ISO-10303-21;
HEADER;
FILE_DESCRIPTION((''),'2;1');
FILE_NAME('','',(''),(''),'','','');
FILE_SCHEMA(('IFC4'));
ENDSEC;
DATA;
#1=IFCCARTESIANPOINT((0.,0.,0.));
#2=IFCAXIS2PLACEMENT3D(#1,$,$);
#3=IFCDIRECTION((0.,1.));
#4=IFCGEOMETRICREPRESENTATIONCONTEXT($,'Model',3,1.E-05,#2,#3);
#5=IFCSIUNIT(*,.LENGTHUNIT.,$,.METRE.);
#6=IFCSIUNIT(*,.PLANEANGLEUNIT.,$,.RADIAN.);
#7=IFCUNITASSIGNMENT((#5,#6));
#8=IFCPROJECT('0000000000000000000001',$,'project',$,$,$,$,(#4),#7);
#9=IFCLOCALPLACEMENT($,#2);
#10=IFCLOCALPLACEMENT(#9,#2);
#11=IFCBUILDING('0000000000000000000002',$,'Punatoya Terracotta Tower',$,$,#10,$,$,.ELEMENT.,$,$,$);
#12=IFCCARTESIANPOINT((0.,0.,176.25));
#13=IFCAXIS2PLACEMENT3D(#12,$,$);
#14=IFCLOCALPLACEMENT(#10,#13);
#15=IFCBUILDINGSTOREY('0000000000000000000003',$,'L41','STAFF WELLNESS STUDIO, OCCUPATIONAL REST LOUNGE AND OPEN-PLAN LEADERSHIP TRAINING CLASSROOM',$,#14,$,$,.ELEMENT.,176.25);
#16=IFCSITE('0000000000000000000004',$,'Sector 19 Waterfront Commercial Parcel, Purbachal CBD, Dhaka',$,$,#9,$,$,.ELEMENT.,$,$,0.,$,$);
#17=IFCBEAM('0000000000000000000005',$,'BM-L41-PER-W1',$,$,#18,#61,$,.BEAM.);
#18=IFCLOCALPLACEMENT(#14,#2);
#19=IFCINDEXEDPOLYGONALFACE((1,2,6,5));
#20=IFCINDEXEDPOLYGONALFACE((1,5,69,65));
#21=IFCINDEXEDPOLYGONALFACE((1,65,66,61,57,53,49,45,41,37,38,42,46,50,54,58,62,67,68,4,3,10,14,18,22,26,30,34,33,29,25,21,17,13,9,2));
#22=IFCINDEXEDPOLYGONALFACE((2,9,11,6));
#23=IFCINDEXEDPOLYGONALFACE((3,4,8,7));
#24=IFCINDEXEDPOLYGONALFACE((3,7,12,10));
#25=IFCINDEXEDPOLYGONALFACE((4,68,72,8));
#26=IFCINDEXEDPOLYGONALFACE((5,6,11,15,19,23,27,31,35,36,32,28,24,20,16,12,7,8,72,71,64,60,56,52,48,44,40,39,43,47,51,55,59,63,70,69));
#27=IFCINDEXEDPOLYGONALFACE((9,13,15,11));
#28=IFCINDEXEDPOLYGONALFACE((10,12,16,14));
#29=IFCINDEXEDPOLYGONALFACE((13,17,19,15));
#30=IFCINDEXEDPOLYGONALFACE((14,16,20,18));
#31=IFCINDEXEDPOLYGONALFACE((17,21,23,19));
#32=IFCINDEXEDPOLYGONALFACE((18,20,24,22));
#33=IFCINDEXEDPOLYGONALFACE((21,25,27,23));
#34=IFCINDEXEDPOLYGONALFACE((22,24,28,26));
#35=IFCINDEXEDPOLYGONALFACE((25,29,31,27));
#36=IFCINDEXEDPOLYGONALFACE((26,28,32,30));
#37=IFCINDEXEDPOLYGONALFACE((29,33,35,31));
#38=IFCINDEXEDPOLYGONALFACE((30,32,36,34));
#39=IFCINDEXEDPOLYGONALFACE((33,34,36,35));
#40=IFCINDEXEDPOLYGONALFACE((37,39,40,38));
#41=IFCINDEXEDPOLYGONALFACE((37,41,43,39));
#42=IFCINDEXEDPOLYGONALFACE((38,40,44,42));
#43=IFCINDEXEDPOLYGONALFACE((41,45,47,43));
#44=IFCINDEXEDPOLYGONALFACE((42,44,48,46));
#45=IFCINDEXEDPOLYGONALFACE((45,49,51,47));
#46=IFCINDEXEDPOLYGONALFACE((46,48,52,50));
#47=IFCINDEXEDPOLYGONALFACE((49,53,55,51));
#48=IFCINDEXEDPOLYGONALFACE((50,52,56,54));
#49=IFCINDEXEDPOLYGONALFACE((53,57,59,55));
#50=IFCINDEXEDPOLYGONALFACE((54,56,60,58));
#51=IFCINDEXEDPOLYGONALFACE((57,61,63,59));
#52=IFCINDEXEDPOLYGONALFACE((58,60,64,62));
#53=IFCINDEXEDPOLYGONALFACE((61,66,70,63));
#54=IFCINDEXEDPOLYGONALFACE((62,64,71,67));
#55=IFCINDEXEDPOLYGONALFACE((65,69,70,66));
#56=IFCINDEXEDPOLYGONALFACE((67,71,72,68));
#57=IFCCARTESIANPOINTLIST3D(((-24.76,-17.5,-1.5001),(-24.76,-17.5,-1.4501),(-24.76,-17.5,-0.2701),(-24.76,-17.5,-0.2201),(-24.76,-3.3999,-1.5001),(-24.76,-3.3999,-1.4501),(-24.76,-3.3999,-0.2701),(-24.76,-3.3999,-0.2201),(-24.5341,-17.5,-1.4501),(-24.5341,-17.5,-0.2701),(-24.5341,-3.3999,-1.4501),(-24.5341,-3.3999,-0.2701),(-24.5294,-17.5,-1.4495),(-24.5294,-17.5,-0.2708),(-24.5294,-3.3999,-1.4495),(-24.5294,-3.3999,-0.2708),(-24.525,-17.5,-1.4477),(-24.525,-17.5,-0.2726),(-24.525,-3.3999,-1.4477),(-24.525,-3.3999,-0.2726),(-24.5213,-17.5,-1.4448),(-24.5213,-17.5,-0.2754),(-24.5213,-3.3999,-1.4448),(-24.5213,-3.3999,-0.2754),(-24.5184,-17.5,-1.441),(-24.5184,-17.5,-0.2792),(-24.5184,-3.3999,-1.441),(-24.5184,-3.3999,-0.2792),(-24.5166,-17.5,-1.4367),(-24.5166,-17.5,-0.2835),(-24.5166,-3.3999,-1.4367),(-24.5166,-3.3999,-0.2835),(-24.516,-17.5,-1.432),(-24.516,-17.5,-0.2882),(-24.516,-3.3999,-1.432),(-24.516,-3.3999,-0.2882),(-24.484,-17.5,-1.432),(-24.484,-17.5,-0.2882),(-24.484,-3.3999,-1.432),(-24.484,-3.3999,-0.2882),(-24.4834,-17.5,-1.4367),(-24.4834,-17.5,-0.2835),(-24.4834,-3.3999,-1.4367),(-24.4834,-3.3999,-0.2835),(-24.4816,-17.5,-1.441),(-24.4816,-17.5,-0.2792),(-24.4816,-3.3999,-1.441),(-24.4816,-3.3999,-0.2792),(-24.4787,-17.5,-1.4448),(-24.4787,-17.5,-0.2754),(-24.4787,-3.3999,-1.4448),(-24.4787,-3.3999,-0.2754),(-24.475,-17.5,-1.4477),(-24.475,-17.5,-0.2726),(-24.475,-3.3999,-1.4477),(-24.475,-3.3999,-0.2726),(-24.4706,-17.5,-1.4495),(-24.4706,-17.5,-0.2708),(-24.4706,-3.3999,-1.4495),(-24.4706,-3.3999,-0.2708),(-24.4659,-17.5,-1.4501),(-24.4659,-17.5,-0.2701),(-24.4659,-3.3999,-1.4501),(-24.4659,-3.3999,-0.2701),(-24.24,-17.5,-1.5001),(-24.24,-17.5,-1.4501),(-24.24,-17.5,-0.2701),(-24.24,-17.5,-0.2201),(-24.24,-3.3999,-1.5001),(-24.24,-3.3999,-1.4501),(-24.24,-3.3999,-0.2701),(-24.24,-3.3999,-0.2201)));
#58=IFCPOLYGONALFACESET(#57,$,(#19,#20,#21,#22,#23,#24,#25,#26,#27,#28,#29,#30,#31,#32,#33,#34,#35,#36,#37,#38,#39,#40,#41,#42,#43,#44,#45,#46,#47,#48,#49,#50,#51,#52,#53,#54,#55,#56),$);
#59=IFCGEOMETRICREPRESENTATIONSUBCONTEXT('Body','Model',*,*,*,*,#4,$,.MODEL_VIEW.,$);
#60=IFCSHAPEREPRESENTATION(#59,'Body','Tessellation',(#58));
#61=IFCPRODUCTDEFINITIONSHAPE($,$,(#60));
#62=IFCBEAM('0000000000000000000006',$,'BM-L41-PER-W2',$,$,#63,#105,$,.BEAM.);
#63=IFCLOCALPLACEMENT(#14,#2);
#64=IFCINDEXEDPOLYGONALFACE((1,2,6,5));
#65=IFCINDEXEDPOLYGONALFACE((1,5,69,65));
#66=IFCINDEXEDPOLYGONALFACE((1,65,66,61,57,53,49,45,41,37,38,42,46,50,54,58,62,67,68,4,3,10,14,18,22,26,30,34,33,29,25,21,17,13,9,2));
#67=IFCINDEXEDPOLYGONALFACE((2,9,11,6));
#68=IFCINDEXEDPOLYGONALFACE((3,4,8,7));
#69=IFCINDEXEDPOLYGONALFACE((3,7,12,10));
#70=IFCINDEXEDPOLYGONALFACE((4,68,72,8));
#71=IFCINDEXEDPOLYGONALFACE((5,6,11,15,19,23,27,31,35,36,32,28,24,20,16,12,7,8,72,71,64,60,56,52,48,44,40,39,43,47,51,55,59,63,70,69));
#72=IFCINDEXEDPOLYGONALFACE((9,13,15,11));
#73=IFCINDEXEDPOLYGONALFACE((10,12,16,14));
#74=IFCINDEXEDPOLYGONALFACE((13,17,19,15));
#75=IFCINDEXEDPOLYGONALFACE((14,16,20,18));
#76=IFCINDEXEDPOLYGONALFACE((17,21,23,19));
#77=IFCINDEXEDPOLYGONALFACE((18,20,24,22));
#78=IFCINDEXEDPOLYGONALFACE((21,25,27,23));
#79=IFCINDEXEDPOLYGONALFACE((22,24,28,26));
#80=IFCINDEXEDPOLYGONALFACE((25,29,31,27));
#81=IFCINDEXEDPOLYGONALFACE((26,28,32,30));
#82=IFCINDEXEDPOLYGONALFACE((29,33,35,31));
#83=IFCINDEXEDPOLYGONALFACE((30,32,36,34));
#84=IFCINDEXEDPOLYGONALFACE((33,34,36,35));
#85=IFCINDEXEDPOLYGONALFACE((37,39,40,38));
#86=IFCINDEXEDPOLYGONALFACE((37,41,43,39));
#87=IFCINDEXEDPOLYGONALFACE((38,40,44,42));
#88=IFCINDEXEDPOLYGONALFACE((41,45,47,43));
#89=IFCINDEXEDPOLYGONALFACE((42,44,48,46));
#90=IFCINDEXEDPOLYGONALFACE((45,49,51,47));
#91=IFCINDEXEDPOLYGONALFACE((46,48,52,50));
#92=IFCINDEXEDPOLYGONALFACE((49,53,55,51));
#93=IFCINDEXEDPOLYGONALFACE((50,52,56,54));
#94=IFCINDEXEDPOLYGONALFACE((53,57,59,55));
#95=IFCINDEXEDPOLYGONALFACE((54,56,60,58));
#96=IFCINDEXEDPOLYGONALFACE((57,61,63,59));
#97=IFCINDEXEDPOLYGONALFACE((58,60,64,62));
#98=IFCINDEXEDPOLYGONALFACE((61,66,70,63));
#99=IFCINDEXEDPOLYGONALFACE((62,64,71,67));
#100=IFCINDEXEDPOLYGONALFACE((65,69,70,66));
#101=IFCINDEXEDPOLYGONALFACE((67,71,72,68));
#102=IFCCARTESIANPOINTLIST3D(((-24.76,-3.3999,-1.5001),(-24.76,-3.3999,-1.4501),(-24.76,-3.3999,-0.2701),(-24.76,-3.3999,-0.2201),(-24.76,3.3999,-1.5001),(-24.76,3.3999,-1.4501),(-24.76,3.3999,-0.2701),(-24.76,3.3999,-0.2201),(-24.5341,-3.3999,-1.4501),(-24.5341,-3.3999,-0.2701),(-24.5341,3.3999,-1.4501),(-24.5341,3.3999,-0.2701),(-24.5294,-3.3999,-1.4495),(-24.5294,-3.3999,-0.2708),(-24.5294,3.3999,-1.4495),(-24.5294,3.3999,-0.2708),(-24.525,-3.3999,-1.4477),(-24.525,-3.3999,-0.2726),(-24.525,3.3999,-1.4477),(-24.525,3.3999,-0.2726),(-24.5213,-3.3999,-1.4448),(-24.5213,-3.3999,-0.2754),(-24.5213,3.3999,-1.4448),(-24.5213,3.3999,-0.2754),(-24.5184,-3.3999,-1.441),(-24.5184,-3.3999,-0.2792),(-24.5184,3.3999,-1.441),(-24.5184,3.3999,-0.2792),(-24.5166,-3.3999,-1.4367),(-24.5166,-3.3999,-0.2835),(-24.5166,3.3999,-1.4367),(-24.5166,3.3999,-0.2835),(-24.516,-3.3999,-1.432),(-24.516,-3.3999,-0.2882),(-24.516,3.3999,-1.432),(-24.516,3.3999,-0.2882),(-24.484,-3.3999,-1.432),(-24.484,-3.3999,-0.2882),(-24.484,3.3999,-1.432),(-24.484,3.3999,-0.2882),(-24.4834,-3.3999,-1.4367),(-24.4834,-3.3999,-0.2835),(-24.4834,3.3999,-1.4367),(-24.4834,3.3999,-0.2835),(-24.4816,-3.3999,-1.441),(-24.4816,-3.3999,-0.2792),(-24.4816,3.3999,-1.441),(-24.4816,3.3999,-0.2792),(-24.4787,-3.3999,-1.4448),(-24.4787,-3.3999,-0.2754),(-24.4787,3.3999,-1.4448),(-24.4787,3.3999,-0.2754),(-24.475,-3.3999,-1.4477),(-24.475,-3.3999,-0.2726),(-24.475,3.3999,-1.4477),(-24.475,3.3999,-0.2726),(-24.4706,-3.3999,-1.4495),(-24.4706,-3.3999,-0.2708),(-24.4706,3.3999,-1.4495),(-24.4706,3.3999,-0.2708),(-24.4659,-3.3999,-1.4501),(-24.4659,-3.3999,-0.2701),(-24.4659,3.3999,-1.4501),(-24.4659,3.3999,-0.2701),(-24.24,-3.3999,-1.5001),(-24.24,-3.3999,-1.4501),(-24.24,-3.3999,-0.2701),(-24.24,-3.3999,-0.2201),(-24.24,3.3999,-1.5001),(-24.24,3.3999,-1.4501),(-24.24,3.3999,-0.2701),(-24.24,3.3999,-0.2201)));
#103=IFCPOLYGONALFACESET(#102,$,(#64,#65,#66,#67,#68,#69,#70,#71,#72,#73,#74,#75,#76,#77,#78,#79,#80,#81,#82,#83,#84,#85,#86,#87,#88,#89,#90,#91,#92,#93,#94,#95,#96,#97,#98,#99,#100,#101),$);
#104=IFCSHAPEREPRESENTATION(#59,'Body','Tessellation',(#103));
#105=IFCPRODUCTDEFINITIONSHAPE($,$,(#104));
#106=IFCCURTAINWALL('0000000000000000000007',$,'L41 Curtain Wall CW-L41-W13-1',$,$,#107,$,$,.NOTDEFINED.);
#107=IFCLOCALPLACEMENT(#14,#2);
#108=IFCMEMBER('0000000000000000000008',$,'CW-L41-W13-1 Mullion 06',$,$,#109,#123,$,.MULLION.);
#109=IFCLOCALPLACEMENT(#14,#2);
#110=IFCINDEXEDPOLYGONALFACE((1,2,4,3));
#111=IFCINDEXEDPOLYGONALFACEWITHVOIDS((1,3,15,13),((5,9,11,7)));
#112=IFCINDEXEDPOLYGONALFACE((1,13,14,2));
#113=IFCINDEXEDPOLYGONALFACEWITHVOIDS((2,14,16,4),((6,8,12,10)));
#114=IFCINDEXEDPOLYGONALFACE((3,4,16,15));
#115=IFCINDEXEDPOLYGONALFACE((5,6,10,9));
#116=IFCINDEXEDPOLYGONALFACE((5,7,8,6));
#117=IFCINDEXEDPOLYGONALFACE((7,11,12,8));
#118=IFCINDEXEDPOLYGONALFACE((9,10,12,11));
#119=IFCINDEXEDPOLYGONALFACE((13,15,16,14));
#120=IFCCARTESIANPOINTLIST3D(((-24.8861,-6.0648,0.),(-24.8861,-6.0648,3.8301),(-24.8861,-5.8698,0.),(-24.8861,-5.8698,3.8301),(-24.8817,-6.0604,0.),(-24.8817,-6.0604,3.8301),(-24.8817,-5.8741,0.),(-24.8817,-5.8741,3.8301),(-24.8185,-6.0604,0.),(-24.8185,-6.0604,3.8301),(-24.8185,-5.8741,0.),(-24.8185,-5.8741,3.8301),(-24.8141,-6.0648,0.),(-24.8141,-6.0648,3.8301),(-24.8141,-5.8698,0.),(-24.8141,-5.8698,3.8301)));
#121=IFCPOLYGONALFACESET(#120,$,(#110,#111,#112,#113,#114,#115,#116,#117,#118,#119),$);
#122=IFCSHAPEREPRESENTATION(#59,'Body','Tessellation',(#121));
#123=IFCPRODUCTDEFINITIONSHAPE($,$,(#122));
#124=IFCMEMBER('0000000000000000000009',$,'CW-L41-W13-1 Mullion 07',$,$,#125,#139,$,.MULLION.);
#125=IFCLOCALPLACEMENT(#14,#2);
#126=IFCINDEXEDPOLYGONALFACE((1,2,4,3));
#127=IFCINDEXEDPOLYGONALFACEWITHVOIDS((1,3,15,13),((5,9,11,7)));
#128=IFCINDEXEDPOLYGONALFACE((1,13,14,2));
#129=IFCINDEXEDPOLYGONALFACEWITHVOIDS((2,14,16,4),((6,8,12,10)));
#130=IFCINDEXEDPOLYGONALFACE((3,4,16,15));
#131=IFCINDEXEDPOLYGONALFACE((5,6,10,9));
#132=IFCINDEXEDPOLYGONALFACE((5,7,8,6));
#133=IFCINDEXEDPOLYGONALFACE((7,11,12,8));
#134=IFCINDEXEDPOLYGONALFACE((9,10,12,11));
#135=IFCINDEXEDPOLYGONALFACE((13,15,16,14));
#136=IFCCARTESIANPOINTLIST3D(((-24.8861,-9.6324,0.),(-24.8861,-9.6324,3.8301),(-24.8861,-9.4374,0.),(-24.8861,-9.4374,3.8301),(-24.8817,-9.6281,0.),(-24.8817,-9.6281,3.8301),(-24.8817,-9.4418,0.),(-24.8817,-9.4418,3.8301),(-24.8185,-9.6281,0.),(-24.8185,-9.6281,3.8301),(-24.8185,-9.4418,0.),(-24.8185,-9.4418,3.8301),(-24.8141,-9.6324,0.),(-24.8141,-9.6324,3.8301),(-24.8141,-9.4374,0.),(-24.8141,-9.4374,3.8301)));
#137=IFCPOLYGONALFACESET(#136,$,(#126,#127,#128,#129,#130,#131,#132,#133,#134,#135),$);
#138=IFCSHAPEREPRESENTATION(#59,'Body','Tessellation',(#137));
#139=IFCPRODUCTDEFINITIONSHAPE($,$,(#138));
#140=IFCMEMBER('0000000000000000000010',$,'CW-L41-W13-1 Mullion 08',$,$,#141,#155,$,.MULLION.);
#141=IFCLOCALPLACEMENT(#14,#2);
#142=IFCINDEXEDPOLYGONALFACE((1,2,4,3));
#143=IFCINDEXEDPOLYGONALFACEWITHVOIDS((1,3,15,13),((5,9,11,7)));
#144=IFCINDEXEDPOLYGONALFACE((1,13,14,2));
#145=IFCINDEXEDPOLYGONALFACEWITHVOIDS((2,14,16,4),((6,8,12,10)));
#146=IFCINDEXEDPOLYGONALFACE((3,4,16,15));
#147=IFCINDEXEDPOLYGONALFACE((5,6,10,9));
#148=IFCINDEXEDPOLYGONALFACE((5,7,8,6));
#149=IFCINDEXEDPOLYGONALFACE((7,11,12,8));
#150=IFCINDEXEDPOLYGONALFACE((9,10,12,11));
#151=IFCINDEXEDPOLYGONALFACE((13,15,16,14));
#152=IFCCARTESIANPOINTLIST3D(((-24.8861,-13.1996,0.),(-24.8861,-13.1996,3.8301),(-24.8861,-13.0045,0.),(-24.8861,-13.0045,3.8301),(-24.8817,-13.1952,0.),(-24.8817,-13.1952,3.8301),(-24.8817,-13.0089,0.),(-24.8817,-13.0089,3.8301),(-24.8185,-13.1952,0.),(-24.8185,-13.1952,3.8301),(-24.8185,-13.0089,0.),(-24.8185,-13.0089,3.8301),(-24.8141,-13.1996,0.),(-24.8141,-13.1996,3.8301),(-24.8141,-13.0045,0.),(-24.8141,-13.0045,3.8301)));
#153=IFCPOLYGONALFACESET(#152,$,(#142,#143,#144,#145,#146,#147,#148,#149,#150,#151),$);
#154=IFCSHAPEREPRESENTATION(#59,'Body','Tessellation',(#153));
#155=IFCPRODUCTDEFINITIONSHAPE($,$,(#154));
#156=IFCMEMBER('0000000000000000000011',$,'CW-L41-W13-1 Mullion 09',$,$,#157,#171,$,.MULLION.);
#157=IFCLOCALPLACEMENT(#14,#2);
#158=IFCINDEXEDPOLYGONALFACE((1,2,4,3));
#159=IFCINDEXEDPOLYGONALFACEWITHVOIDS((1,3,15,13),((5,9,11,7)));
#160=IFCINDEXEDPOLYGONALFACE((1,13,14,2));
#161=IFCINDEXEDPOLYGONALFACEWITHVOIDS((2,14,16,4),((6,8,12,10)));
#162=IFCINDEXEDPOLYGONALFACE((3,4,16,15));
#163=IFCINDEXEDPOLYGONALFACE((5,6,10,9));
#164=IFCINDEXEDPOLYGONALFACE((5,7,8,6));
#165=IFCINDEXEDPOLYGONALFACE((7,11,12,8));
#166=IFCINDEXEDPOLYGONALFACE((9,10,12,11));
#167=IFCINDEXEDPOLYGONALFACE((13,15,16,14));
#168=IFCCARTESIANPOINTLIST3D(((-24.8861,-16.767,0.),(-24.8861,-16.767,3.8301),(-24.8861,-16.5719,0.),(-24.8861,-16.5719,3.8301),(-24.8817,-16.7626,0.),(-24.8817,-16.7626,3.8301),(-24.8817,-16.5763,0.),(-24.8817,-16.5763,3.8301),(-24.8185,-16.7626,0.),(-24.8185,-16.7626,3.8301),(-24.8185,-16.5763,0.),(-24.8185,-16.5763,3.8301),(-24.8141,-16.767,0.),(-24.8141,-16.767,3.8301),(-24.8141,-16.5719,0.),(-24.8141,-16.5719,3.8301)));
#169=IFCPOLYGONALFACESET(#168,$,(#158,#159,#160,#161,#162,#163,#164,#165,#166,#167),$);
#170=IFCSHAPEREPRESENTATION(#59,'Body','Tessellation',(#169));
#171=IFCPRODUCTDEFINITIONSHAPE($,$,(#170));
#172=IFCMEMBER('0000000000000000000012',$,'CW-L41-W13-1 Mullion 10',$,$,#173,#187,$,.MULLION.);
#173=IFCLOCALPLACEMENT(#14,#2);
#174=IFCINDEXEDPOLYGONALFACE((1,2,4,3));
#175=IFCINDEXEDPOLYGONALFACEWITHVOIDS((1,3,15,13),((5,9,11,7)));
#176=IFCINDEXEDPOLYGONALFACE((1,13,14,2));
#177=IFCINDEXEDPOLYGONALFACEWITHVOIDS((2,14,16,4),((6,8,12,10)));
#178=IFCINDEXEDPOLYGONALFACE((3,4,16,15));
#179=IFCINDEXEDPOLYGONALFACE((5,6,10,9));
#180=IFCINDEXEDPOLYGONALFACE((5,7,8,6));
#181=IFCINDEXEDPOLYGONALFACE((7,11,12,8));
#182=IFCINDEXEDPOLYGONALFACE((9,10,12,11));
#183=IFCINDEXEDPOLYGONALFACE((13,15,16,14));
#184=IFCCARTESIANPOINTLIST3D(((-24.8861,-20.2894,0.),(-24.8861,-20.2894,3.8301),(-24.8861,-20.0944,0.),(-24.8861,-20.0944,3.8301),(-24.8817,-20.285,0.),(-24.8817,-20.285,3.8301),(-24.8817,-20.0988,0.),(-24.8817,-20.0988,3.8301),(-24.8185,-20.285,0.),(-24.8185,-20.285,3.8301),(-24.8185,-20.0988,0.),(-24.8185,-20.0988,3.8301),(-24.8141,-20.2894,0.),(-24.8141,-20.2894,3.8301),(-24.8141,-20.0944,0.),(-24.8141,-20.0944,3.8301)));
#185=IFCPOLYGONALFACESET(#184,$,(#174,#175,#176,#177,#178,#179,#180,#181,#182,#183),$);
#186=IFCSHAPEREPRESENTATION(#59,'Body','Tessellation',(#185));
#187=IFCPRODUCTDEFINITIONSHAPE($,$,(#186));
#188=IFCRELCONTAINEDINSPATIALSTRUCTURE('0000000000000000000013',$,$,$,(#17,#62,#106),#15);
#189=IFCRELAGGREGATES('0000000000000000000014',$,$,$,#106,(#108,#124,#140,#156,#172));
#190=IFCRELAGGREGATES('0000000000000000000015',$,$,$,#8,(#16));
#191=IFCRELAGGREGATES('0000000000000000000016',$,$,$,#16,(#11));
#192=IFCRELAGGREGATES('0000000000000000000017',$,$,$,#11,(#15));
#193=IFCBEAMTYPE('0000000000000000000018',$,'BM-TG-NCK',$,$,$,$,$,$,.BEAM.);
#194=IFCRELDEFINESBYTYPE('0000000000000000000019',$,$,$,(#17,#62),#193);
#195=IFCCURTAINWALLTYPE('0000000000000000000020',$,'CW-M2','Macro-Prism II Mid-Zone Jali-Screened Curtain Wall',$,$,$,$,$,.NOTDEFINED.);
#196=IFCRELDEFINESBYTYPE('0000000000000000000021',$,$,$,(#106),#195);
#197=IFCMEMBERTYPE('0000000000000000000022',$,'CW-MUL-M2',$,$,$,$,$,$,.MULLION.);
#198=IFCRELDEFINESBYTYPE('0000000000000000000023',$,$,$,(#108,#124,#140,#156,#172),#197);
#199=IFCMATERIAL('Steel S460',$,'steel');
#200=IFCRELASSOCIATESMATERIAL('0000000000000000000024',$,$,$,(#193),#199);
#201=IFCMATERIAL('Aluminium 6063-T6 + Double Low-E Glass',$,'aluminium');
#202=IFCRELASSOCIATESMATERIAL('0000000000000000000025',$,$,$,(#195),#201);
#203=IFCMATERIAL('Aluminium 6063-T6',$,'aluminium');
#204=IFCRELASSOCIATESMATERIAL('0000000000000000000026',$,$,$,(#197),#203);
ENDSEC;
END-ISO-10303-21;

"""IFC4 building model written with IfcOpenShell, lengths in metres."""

from ifc_helpers import new_model, si_unit, direction, frame, origin, origin_2d, place, context, subcontext, project, spatial, hollow_rectangle, i_section, extrude, material, material_profile, profile_set, type_object, element, aggregate, save


model = new_model("IFC4")

# Units and contexts
model_context = context("Model", 3, precision=1e-05, world=origin(), true_north=direction((0.0, 1.0)))
body_context = subcontext(model_context, "Body", "Model", "MODEL_VIEW")
ifc_project = project(units=[si_unit("LENGTHUNIT", "METRE"), si_unit("PLANEANGLEUNIT", "RADIAN")], contexts=[model_context])

# Site, building, storey
site_placement = place(None, origin())
site = spatial("IfcSite", under=ifc_project, at=site_placement, Name="Sector 19 Waterfront Commercial Parcel, Purbachal CBD, Dhaka", CompositionType="ELEMENT", RefElevation=0.0)
building_placement = place(site_placement, origin())
building = spatial("IfcBuilding", under=site, at=building_placement, Name="Punatoya Terracotta Tower", CompositionType="ELEMENT")
storey_placement = place(building_placement, frame((0.0, 0.0, 176.25)))
storey = spatial("IfcBuildingStorey", under=building, at=storey_placement, Name="L41", Description="STAFF WELLNESS STUDIO, OCCUPATIONAL REST LOUNGE AND OPEN-PLAN LEADERSHIP TRAINING CLASSROOM", CompositionType="ELEMENT", Elevation=176.25)

# Shared definitions
ifc_material_1 = material(Name="Steel S460", Category="steel")

# Beams
ifc_material_profile_1 = material_profile(ifc_material_1, i_section(OverallWidth=0.52, OverallDepth=1.28, WebThickness=0.032, FlangeThickness=0.05, FilletRadius=0.0181, at=origin_2d()))
ifc_profile_set_1 = profile_set([ifc_material_profile_1], Name="Steel S460")
beam_type_1 = type_object("IfcBeamType", Name="BM-TG-NCK", PredefinedType="BEAM", material=ifc_profile_set_1)
beam_1_placement = place(storey_placement, frame((-24.5, -17.5, -0.8601), z_axis=(0.0, 1.0, 0.0), x_axis=(-1.0, 0.0, 0.0)))
element("IfcBeam", 1, at=beam_1_placement, inside=storey, type_object=beam_type_1, Name="BM-L41-PER-W1", PredefinedType="BEAM", context=body_context, shape_type="SweptSolid", body=[
    extrude(i_section(OverallWidth=0.52, OverallDepth=1.28, WebThickness=0.032, FlangeThickness=0.05, FilletRadius=0.0181, at=origin_2d()), origin(), (0.0, 0.0, 1.0), 14.1001),
])
beam_2_placement = place(storey_placement, frame((-24.5, -3.3999, -0.8601), z_axis=(0.0, 1.0, 0.0), x_axis=(-1.0, 0.0, 0.0)))
element("IfcBeam", 2, at=beam_2_placement, inside=storey, type_object=beam_type_1, Name="BM-L41-PER-W2", PredefinedType="BEAM", context=body_context, shape_type="SweptSolid", body=[
    extrude(i_section(OverallWidth=0.52, OverallDepth=1.28, WebThickness=0.032, FlangeThickness=0.05, FilletRadius=0.0181, at=origin_2d()), origin(), (0.0, 0.0, 1.0), 6.7998),
])

# Curtain wall, members
ifc_material_2 = material(Name="Aluminium 6063-T6 + Double Low-E Glass", Category="aluminium")
curtain_wall_type = type_object("IfcCurtainWallType", Name="CW-M2", Description="Macro-Prism II Mid-Zone Jali-Screened Curtain Wall", PredefinedType="NOTDEFINED", material=ifc_material_2)
curtain_wall_placement = place(storey_placement, origin())
curtain_wall = element("IfcCurtainWall", 3, at=curtain_wall_placement, inside=storey, type_object=curtain_wall_type, Name="L41 Curtain Wall CW-L41-W13-1", PredefinedType="NOTDEFINED")
ifc_material_3 = material(Name="Aluminium 6063-T6", Category="aluminium")
ifc_material_profile_2 = material_profile(ifc_material_3, hollow_rectangle(XDim=0.072, YDim=0.1951, WallThickness=0.0044, at=origin_2d()))
ifc_profile_set_2 = profile_set([ifc_material_profile_2], Name="Aluminium 6063-T6")
member_type = type_object("IfcMemberType", Name="CW-MUL-M2", PredefinedType="MULLION", material=ifc_profile_set_2)
member_1_placement = place(storey_placement, frame((-24.8501, -5.9673, 0.0), z_axis=(0.0, 0.0, 1.0), x_axis=(1.0, 0.0, 0.0)))
member_1 = element("IfcMember", 4, at=member_1_placement, type_object=member_type, Name="CW-L41-W13-1 Mullion 06", PredefinedType="MULLION", context=body_context, shape_type="SweptSolid", body=[
    extrude(hollow_rectangle(XDim=0.072, YDim=0.1951, WallThickness=0.0044, at=origin_2d()), origin(), (0.0, 0.0, 1.0), 3.8301),
])
member_2_placement = place(storey_placement, frame((-24.8501, -9.5349, 0.0), z_axis=(0.0, 0.0, 1.0), x_axis=(1.0, 0.0, 0.0)))
member_2 = element("IfcMember", 5, at=member_2_placement, type_object=member_type, Name="CW-L41-W13-1 Mullion 07", PredefinedType="MULLION", context=body_context, shape_type="SweptSolid", body=[
    extrude(hollow_rectangle(XDim=0.072, YDim=0.1951, WallThickness=0.0044, at=origin_2d()), origin(), (0.0, 0.0, 1.0), 3.8301),
])
member_3_placement = place(storey_placement, frame((-24.8501, -13.1021, 0.0), z_axis=(0.0, 0.0, 1.0), x_axis=(1.0, 0.0, 0.0)))
member_3 = element("IfcMember", 6, at=member_3_placement, type_object=member_type, Name="CW-L41-W13-1 Mullion 08", PredefinedType="MULLION", context=body_context, shape_type="SweptSolid", body=[
    extrude(hollow_rectangle(XDim=0.072, YDim=0.1951, WallThickness=0.0044, at=origin_2d()), origin(), (0.0, 0.0, 1.0), 3.8301),
])
member_4_placement = place(storey_placement, frame((-24.8501, -16.6694, 0.0), z_axis=(0.0, 0.0, 1.0), x_axis=(1.0, 0.0, 0.0)))
member_4 = element("IfcMember", 7, at=member_4_placement, type_object=member_type, Name="CW-L41-W13-1 Mullion 09", PredefinedType="MULLION", context=body_context, shape_type="SweptSolid", body=[
    extrude(hollow_rectangle(XDim=0.072, YDim=0.1951, WallThickness=0.0044, at=origin_2d()), origin(), (0.0, 0.0, 1.0), 3.8301),
])
member_5_placement = place(storey_placement, frame((-24.8501, -20.1919, 0.0), z_axis=(0.0, 0.0, 1.0), x_axis=(1.0, 0.0, 0.0)))
member_5 = element("IfcMember", 8, at=member_5_placement, type_object=member_type, Name="CW-L41-W13-1 Mullion 10", PredefinedType="MULLION", context=body_context, shape_type="SweptSolid", body=[
    extrude(hollow_rectangle(XDim=0.072, YDim=0.1951, WallThickness=0.0044, at=origin_2d()), origin(), (0.0, 0.0, 1.0), 3.8301),
])
aggregate(curtain_wall, [member_1, member_2, member_3, member_4, member_5])

save(model, "model.ifc")
